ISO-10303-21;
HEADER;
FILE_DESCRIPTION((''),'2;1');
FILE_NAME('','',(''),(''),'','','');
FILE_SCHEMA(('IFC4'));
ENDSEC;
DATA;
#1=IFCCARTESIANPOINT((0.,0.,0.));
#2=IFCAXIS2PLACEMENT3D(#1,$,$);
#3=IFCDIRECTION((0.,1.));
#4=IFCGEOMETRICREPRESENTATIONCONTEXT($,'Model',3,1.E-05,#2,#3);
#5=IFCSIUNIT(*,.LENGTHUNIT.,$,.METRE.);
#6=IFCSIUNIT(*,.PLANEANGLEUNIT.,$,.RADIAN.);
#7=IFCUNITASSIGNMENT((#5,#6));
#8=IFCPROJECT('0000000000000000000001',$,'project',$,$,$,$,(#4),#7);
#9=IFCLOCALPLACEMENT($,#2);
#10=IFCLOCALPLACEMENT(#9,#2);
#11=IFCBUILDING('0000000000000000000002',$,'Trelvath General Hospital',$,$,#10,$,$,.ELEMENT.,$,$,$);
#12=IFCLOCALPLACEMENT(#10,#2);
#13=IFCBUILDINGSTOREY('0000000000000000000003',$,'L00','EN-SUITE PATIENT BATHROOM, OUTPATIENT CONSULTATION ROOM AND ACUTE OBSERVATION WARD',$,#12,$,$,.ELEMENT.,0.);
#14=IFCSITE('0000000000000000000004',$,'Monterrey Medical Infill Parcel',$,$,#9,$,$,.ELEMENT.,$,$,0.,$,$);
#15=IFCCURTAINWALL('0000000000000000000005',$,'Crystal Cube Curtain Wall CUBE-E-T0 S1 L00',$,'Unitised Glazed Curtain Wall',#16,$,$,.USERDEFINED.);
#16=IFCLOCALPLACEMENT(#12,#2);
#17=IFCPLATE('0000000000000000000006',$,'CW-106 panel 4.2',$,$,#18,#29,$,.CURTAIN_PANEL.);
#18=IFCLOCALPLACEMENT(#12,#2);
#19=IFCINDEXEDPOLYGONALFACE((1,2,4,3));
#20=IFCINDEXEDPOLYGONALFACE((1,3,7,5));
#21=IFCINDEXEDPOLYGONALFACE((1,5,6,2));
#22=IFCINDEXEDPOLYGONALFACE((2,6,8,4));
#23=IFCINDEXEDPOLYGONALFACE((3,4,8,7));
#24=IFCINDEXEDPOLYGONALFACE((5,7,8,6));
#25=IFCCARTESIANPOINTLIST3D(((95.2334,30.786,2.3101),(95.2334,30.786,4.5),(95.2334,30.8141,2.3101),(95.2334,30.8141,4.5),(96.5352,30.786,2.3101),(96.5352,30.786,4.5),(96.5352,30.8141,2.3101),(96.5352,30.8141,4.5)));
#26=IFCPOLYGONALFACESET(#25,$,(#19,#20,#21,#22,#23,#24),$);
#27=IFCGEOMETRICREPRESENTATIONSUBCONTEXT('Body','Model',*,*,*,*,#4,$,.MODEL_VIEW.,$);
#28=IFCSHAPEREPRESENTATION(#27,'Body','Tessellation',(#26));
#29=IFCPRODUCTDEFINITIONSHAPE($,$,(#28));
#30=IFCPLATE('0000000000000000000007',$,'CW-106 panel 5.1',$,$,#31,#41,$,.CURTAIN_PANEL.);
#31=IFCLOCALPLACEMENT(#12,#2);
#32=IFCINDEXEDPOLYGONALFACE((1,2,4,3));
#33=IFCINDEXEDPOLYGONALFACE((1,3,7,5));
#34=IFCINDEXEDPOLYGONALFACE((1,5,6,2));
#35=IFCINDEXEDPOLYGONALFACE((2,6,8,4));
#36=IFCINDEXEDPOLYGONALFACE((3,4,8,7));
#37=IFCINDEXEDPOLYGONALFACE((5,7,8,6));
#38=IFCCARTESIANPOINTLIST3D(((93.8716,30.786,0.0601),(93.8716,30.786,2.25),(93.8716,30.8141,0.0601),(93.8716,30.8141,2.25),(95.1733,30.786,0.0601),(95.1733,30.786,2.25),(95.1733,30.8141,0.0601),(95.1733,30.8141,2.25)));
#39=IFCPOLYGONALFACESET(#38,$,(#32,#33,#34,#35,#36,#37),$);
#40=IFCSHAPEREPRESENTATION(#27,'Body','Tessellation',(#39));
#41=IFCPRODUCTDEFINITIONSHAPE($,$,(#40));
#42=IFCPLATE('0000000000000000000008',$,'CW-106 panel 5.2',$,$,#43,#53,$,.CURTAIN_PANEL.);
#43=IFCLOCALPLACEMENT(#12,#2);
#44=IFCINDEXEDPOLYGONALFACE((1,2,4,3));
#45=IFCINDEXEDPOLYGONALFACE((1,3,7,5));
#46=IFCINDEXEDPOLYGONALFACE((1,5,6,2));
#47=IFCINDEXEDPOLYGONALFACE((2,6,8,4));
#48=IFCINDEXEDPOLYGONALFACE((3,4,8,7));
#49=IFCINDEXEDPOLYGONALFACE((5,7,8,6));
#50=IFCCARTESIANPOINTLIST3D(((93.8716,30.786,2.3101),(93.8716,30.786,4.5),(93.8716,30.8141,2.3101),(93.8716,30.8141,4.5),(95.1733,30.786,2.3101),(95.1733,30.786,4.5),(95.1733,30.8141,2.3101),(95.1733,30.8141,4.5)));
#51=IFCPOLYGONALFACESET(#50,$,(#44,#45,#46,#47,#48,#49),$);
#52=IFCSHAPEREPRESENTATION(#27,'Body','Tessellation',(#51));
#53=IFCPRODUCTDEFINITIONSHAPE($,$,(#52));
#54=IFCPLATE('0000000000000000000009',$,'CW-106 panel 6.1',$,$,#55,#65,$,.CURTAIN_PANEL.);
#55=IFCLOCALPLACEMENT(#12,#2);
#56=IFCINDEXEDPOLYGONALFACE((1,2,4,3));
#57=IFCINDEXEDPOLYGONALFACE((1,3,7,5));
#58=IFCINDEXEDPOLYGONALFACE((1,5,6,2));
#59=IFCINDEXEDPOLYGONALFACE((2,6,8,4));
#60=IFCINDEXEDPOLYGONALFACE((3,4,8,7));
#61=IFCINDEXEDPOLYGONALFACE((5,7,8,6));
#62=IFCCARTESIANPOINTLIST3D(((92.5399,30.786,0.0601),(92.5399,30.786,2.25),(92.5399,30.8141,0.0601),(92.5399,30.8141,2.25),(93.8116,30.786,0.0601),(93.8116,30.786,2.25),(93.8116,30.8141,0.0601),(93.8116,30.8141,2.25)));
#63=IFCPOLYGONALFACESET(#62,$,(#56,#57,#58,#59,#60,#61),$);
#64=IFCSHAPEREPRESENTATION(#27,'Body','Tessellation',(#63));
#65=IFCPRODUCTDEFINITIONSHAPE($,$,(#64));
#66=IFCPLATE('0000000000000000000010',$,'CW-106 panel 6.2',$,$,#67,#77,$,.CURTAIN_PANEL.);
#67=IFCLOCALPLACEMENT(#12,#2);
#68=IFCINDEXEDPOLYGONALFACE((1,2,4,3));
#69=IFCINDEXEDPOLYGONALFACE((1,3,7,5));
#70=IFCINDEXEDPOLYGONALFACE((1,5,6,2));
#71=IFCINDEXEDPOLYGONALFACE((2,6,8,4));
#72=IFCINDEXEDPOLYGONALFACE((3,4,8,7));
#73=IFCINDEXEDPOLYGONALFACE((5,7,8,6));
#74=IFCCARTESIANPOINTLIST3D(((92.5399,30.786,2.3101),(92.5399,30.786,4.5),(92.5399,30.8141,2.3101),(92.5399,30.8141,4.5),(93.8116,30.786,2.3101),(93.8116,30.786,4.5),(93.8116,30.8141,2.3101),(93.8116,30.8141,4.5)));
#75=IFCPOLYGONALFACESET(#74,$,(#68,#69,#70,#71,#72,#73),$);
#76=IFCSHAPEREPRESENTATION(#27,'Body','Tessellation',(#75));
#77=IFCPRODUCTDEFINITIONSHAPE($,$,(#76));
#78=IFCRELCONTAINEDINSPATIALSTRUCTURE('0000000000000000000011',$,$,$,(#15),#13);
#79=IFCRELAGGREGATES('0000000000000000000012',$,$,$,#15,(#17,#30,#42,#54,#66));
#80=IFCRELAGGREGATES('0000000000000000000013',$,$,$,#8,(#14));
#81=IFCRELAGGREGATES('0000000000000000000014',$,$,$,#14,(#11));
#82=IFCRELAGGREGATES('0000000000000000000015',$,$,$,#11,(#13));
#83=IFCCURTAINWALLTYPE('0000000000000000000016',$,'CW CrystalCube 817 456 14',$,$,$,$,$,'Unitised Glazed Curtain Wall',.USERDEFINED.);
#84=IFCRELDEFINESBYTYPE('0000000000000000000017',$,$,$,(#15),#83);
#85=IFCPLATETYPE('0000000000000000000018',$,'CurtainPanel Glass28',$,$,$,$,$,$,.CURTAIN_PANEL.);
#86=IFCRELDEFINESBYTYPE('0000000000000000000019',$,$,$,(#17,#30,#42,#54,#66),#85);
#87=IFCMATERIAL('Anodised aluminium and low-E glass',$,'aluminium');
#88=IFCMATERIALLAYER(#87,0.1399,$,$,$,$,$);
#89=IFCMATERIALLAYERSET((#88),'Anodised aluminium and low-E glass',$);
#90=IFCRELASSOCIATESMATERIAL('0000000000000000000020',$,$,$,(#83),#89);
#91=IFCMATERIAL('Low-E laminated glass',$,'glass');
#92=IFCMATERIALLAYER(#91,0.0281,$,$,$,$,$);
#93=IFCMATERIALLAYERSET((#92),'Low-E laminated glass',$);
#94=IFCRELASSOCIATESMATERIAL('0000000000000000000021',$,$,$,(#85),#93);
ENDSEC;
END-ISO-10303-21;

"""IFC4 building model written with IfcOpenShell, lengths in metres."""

from ifc_helpers import new_model, si_unit, direction, frame, origin, origin_2d, place, context, subcontext, project, spatial, rectangle, extrude, material, layer, layer_set, type_object, element, aggregate, save


model = new_model("IFC4")

# Units and contexts
model_context = context("Model", 3, precision=1e-05, world=origin(), true_north=direction((0.0, 1.0)))
body_context = subcontext(model_context, "Body", "Model", "MODEL_VIEW")
ifc_project = project(units=[si_unit("LENGTHUNIT", "METRE"), si_unit("PLANEANGLEUNIT", "RADIAN")], contexts=[model_context])

# Site, building, storey
site_placement = place(None, origin())
site = spatial("IfcSite", under=ifc_project, at=site_placement, Name="Monterrey Medical Infill Parcel", CompositionType="ELEMENT", RefElevation=0.0)
building_placement = place(site_placement, origin())
building = spatial("IfcBuilding", under=site, at=building_placement, Name="Trelvath General Hospital", CompositionType="ELEMENT")
storey_placement = place(building_placement, origin())
storey = spatial("IfcBuildingStorey", under=building, at=storey_placement, Name="L00", Description="EN-SUITE PATIENT BATHROOM, OUTPATIENT CONSULTATION ROOM AND ACUTE OBSERVATION WARD", CompositionType="ELEMENT", Elevation=0.0)

# Curtain wall, plates
ifc_material_1 = material(Name="Anodised aluminium and low-E glass", Category="aluminium")
ifc_layer_1 = layer(ifc_material_1, 0.1399)
ifc_layer_set_1 = layer_set([ifc_layer_1], Name="Anodised aluminium and low-E glass")
curtain_wall_type = type_object("IfcCurtainWallType", Name="CW CrystalCube 817 456 14", ElementType="Unitised Glazed Curtain Wall", PredefinedType="USERDEFINED", material=ifc_layer_set_1)
curtain_wall_placement = place(storey_placement, origin())
curtain_wall = element("IfcCurtainWall", 1, at=curtain_wall_placement, inside=storey, type_object=curtain_wall_type, Name="Crystal Cube Curtain Wall CUBE-E-T0 S1 L00", ObjectType="Unitised Glazed Curtain Wall", PredefinedType="USERDEFINED")
ifc_material_2 = material(Name="Low-E laminated glass", Category="glass")
ifc_layer_2 = layer(ifc_material_2, 0.0281)
ifc_layer_set_2 = layer_set([ifc_layer_2], Name="Low-E laminated glass")
plate_type = type_object("IfcPlateType", Name="CurtainPanel Glass28", PredefinedType="CURTAIN_PANEL", material=ifc_layer_set_2)
plate_1_placement = place(storey_placement, frame((95.8843, 30.8, 2.3101), z_axis=(0.0, 0.0, 1.0), x_axis=(-1.0, 0.0, 0.0)))
plate_1 = element("IfcPlate", 2, at=plate_1_placement, type_object=plate_type, Name="CW-106 panel 4.2", PredefinedType="CURTAIN_PANEL", context=body_context, shape_type="SweptSolid", body=[
    extrude(rectangle(XDim=1.3018, YDim=0.0281, at=origin_2d()), origin(), (0.0, 0.0, 1.0), 2.1899),
])
plate_2_placement = place(storey_placement, frame((94.5225, 30.8, 0.0601), z_axis=(0.0, 0.0, 1.0), x_axis=(-1.0, 0.0, 0.0)))
plate_2 = element("IfcPlate", 3, at=plate_2_placement, type_object=plate_type, Name="CW-106 panel 5.1", PredefinedType="CURTAIN_PANEL", context=body_context, shape_type="SweptSolid", body=[
    extrude(rectangle(XDim=1.3018, YDim=0.0281, at=origin_2d()), origin(), (0.0, 0.0, 1.0), 2.1899),
])
plate_3_placement = place(storey_placement, frame((94.5225, 30.8, 2.3101), z_axis=(0.0, 0.0, 1.0), x_axis=(-1.0, 0.0, 0.0)))
plate_3 = element("IfcPlate", 4, at=plate_3_placement, type_object=plate_type, Name="CW-106 panel 5.2", PredefinedType="CURTAIN_PANEL", context=body_context, shape_type="SweptSolid", body=[
    extrude(rectangle(XDim=1.3018, YDim=0.0281, at=origin_2d()), origin(), (0.0, 0.0, 1.0), 2.1899),
])
plate_4_placement = place(storey_placement, frame((93.1758, 30.8, 0.0601), z_axis=(0.0, 0.0, 1.0), x_axis=(-1.0, 0.0, 0.0)))
plate_4 = element("IfcPlate", 5, at=plate_4_placement, type_object=plate_type, Name="CW-106 panel 6.1", PredefinedType="CURTAIN_PANEL", context=body_context, shape_type="SweptSolid", body=[
    extrude(rectangle(XDim=1.2717, YDim=0.0281, at=origin_2d()), origin(), (0.0, 0.0, 1.0), 2.1899),
])
plate_5_placement = place(storey_placement, frame((93.1758, 30.8, 2.3101), z_axis=(0.0, 0.0, 1.0), x_axis=(-1.0, 0.0, 0.0)))
plate_5 = element("IfcPlate", 6, at=plate_5_placement, type_object=plate_type, Name="CW-106 panel 6.2", PredefinedType="CURTAIN_PANEL", context=body_context, shape_type="SweptSolid", body=[
    extrude(rectangle(XDim=1.2717, YDim=0.0281, at=origin_2d()), origin(), (0.0, 0.0, 1.0), 2.1899),
])
aggregate(curtain_wall, [plate_1, plate_2, plate_3, plate_4, plate_5])

save(model, "model.ifc")
